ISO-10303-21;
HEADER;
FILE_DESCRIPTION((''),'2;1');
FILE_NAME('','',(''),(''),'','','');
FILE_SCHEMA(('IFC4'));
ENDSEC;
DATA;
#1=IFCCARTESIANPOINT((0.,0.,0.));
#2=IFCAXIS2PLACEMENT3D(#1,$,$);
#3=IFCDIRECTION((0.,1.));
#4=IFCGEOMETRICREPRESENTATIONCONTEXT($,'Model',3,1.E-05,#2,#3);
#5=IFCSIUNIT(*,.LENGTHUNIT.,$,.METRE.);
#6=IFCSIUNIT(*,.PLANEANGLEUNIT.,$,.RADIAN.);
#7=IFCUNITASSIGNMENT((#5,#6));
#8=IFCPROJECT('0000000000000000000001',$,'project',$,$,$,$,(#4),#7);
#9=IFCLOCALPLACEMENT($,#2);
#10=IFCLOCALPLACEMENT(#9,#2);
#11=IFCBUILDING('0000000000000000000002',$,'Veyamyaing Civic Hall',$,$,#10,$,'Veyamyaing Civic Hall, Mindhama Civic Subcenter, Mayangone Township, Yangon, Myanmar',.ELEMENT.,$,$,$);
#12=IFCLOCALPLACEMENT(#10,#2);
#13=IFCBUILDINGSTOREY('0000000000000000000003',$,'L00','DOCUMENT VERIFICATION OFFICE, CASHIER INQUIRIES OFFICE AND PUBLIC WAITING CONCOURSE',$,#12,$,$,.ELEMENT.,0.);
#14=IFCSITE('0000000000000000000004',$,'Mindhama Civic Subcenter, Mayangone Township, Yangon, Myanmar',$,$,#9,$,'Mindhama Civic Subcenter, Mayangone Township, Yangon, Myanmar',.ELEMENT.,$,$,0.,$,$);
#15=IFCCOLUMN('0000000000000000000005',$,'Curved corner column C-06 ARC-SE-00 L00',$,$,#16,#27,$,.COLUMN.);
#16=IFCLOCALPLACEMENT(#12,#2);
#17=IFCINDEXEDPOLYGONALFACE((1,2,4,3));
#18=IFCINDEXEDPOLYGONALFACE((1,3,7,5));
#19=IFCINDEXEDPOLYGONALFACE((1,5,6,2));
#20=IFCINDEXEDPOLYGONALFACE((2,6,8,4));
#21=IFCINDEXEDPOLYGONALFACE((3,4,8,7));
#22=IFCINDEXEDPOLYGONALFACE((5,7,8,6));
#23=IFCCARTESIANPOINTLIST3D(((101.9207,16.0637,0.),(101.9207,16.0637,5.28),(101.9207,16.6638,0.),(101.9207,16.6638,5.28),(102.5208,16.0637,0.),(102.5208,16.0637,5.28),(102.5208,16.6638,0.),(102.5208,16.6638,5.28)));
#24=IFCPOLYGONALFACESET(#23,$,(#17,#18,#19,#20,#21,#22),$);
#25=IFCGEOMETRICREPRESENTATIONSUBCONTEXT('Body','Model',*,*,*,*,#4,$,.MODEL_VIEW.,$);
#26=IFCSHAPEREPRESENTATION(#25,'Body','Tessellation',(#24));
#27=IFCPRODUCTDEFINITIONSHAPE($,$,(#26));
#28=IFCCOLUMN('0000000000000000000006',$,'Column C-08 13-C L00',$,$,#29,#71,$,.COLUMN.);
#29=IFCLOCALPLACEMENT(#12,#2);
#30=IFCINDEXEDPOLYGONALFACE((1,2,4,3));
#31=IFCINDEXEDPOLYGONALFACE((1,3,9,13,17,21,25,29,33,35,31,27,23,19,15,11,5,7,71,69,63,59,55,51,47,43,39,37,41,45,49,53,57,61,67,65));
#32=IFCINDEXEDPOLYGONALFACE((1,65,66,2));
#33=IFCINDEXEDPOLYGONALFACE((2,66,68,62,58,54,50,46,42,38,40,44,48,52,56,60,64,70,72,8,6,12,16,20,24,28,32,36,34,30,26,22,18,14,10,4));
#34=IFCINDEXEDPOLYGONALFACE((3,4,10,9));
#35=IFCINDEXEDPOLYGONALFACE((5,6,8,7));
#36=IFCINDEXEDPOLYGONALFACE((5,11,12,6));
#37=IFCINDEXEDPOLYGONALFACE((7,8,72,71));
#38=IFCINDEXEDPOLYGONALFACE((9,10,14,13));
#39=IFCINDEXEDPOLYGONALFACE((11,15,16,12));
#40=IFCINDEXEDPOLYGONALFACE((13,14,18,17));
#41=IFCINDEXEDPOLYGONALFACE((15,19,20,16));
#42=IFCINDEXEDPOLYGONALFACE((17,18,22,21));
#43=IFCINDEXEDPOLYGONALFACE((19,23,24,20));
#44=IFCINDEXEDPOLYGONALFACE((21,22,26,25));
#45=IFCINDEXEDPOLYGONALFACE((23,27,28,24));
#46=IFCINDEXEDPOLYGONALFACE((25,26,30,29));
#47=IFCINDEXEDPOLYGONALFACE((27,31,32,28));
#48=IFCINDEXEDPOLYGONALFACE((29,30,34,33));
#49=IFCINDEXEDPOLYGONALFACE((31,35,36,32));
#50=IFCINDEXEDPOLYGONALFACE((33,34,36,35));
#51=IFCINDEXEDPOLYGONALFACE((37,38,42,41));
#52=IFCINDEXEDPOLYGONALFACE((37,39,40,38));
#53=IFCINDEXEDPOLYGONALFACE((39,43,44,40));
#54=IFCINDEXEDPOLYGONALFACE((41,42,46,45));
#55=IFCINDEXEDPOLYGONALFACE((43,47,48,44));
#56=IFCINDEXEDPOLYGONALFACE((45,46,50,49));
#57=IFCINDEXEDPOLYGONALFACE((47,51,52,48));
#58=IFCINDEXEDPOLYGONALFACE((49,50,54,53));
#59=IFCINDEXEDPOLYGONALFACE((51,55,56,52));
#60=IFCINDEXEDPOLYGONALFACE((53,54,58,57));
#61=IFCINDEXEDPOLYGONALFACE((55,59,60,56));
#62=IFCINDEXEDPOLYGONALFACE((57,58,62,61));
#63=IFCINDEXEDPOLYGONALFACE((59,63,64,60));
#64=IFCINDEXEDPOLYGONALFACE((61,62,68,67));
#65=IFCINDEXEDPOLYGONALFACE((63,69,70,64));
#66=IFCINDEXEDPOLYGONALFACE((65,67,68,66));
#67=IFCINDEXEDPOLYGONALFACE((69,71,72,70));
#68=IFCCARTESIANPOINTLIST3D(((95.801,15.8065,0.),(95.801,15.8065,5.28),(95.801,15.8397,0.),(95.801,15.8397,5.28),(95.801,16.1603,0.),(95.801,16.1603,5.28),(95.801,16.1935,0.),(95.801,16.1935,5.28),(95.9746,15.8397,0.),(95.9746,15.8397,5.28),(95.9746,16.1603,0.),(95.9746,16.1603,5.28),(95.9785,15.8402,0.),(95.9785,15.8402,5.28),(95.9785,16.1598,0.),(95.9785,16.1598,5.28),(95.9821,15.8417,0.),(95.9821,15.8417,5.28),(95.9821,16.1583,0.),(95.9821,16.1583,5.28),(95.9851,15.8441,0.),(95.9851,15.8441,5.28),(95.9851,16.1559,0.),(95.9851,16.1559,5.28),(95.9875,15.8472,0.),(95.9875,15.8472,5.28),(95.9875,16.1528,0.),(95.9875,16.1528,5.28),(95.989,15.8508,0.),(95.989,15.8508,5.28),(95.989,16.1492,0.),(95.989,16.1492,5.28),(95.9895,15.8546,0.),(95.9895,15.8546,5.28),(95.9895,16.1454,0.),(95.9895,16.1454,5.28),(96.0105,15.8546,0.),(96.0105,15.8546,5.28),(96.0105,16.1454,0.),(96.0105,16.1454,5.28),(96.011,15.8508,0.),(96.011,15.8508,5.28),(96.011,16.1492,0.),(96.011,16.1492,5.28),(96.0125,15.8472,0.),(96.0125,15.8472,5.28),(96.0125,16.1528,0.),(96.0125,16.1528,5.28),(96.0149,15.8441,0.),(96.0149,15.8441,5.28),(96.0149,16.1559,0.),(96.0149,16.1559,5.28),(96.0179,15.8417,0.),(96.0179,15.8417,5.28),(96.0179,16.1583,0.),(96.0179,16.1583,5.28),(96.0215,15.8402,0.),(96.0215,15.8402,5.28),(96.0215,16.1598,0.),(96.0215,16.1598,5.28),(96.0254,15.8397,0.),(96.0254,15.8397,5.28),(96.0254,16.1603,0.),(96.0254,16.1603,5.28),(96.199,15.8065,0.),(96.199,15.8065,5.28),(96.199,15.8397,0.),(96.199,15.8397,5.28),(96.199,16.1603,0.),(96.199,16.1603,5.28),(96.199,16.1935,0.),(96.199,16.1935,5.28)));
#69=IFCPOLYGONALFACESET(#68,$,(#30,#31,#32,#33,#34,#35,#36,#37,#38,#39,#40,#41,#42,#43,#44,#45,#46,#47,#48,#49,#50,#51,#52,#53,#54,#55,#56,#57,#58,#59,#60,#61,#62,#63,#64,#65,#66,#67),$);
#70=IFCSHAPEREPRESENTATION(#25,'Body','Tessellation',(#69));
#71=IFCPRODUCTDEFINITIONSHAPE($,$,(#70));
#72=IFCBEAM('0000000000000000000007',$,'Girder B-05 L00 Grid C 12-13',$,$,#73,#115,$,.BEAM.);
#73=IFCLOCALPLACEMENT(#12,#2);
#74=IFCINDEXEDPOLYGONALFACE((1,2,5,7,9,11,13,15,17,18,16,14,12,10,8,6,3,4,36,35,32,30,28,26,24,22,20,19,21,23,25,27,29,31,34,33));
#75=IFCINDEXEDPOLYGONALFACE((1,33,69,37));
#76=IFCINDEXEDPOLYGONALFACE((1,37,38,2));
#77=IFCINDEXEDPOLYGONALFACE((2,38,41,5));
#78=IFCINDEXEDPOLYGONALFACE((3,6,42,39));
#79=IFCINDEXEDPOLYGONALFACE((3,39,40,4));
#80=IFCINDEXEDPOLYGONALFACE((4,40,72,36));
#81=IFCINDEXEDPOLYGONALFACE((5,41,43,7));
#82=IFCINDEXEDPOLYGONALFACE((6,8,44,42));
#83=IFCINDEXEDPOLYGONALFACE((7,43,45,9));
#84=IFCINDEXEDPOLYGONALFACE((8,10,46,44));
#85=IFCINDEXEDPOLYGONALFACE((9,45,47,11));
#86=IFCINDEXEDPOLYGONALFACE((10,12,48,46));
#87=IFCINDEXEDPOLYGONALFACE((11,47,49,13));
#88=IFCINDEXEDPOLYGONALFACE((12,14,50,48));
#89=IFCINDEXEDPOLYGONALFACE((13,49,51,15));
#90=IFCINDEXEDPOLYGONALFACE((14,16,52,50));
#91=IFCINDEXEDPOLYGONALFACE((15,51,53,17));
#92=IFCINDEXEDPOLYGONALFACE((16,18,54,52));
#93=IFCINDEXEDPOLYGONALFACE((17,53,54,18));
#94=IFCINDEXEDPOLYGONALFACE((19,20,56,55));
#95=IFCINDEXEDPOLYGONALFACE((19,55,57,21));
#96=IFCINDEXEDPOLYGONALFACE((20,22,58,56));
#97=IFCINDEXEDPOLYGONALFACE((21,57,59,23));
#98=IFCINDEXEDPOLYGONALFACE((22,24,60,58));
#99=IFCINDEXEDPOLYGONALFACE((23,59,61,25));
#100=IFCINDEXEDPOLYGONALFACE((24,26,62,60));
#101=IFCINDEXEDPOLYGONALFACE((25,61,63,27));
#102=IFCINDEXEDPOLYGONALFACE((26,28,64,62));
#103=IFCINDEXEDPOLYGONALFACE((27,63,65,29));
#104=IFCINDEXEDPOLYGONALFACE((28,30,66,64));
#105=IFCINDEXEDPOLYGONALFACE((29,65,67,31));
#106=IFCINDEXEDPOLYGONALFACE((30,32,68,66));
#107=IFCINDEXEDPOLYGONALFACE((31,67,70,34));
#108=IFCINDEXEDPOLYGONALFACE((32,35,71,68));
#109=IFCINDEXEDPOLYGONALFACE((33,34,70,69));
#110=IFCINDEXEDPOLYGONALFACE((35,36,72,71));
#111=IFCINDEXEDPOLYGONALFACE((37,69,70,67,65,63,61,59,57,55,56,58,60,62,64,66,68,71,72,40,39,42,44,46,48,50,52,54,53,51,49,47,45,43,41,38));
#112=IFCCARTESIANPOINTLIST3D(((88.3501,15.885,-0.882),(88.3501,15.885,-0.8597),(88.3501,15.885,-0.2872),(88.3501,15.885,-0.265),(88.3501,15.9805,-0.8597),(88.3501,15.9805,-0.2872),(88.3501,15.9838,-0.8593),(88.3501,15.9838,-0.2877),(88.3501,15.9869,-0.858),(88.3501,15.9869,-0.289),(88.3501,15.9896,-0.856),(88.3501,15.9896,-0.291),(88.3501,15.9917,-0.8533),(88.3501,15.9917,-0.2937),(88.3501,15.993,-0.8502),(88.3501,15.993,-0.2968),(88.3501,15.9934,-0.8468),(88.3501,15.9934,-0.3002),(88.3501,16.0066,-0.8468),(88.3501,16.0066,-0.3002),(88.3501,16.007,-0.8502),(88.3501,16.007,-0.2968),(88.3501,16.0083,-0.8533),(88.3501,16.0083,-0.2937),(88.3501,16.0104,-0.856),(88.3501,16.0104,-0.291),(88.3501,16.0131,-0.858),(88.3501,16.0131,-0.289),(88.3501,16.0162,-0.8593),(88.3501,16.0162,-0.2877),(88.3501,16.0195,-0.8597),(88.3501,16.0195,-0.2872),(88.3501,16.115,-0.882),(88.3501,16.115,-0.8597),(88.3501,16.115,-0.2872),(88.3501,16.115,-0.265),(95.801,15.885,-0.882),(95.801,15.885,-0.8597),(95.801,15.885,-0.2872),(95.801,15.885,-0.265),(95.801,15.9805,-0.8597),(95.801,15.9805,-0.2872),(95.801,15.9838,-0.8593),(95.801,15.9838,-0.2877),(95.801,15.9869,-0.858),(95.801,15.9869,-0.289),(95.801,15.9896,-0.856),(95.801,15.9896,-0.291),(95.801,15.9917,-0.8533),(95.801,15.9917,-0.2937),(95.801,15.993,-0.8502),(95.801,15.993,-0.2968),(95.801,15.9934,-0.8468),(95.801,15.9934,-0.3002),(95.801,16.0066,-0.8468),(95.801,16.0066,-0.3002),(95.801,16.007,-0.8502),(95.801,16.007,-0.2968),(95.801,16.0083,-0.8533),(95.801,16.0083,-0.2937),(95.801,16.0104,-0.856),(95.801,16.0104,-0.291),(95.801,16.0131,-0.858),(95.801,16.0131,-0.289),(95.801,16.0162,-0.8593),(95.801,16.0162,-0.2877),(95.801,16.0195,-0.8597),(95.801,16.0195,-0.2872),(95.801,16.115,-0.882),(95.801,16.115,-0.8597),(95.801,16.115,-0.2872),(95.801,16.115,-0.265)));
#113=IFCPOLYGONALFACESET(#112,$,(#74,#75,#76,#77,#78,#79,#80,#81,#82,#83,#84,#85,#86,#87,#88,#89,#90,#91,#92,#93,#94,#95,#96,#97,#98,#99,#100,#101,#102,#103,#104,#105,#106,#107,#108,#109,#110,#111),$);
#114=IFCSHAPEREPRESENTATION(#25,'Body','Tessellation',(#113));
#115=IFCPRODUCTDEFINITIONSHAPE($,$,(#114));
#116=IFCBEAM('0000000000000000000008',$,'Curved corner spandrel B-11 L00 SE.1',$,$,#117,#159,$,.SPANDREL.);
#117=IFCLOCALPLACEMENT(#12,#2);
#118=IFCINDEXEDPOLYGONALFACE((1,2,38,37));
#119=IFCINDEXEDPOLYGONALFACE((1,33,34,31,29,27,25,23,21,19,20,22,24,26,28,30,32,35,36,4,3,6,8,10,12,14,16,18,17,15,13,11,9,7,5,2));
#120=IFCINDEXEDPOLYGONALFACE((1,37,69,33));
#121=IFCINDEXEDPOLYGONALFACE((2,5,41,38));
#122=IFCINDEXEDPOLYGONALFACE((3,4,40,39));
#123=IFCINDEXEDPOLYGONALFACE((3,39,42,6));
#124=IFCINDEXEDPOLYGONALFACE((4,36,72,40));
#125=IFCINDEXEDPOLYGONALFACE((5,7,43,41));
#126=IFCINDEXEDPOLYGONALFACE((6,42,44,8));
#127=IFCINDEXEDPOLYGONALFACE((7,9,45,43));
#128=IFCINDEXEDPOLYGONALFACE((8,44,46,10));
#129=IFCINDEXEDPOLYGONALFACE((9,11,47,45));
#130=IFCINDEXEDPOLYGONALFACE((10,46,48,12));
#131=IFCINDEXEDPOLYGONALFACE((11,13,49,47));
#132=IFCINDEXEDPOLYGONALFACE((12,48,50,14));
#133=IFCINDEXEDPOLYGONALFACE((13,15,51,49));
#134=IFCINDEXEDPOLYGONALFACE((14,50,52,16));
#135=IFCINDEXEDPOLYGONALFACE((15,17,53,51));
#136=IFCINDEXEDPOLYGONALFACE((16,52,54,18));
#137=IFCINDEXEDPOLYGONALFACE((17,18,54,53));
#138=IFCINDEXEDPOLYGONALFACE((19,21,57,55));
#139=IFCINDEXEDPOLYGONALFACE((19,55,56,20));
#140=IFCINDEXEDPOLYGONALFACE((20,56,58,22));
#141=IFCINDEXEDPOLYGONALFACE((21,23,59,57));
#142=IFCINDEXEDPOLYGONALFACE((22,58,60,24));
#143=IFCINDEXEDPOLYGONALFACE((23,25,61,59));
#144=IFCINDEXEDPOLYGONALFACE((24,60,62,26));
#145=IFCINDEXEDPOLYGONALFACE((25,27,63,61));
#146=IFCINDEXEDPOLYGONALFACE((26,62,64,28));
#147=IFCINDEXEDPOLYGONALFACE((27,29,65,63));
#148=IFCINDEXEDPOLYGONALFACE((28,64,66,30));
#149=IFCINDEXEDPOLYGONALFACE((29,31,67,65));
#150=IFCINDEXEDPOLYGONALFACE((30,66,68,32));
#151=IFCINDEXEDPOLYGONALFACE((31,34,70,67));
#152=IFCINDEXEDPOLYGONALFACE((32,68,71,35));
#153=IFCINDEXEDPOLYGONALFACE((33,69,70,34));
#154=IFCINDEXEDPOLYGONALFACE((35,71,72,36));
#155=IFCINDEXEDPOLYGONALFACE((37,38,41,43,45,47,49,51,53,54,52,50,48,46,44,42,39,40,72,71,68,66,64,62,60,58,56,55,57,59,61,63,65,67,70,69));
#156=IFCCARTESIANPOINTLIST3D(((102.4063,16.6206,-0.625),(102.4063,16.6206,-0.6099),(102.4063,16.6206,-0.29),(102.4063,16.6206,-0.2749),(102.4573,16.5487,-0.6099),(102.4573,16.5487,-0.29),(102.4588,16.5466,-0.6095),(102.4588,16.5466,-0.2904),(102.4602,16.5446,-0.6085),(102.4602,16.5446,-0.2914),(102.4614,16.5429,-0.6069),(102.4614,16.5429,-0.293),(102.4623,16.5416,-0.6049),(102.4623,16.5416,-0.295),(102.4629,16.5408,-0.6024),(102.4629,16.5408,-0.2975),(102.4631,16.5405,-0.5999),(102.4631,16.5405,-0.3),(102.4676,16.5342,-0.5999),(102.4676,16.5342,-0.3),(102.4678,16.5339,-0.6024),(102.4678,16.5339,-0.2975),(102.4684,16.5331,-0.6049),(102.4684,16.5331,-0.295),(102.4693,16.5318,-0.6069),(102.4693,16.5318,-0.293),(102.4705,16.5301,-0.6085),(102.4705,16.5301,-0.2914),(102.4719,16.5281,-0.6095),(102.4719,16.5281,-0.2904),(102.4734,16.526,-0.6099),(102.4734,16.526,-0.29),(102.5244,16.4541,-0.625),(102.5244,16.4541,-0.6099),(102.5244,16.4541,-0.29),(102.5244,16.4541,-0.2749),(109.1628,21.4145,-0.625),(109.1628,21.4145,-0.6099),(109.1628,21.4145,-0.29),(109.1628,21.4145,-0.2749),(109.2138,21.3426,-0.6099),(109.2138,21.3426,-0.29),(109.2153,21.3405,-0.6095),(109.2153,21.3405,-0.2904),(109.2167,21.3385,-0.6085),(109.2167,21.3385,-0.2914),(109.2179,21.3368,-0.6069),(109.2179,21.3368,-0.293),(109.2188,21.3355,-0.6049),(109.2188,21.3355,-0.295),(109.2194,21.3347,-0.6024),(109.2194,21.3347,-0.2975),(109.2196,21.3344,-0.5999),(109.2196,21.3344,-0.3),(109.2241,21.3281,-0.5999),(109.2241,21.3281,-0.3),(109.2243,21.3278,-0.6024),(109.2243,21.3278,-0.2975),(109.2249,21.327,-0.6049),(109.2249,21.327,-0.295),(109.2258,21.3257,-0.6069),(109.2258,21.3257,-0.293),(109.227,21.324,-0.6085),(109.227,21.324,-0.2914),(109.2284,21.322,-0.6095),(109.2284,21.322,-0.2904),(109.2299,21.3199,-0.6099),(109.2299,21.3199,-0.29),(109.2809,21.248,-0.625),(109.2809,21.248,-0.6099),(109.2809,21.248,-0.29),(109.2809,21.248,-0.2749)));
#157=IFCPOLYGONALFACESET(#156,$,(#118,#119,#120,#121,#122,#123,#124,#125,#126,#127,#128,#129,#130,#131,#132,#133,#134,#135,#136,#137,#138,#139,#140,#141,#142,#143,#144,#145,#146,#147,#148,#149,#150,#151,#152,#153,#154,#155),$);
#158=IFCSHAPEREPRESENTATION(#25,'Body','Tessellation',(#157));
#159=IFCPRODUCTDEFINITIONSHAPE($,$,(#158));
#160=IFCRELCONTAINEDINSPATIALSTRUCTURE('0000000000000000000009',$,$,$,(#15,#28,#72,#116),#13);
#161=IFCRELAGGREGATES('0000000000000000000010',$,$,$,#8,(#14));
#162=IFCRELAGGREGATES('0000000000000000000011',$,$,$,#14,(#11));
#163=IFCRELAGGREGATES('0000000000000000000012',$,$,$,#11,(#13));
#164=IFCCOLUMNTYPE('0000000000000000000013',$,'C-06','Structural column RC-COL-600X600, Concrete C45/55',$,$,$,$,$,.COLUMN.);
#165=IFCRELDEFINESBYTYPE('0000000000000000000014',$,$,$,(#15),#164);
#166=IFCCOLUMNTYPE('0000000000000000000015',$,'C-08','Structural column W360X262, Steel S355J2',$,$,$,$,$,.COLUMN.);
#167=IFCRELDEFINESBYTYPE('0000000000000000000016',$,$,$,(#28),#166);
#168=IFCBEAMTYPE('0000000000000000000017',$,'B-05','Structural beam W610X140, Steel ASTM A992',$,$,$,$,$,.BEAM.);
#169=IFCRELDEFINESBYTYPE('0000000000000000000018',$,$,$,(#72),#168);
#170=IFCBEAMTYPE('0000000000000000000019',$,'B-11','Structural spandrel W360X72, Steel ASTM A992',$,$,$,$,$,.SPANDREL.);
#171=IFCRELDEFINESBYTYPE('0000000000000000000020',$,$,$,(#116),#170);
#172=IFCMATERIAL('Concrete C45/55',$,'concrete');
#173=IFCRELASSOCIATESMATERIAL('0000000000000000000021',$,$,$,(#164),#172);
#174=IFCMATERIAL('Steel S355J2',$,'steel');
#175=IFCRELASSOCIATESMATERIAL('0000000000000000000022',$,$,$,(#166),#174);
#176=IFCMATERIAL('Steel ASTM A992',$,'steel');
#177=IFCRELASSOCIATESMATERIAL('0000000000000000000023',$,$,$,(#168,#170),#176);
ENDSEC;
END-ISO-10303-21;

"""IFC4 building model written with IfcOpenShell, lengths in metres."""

from ifc_helpers import new_model, si_unit, direction, frame, origin, origin_2d, place, context, subcontext, project, spatial, rectangle, i_section, extrude, material, material_profile, profile_set, type_object, element, save


model = new_model("IFC4")

# Units and contexts
model_context = context("Model", 3, precision=1e-05, world=origin(), true_north=direction((0.0, 1.0)))
body_context = subcontext(model_context, "Body", "Model", "MODEL_VIEW")
ifc_project = project(units=[si_unit("LENGTHUNIT", "METRE"), si_unit("PLANEANGLEUNIT", "RADIAN")], contexts=[model_context])

# Site, building, storey
site_placement = place(None, origin())
site = spatial("IfcSite", under=ifc_project, at=site_placement, Name="Mindhama Civic Subcenter, Mayangone Township, Yangon, Myanmar", LongName="Mindhama Civic Subcenter, Mayangone Township, Yangon, Myanmar", CompositionType="ELEMENT", RefElevation=0.0)
building_placement = place(site_placement, origin())
building = spatial("IfcBuilding", under=site, at=building_placement, Name="Veyamyaing Civic Hall", LongName="Veyamyaing Civic Hall, Mindhama Civic Subcenter, Mayangone Township, Yangon, Myanmar", CompositionType="ELEMENT")
storey_placement = place(building_placement, origin())
storey = spatial("IfcBuildingStorey", under=building, at=storey_placement, Name="L00", Description="DOCUMENT VERIFICATION OFFICE, CASHIER INQUIRIES OFFICE AND PUBLIC WAITING CONCOURSE", CompositionType="ELEMENT", Elevation=0.0)

# Columns
ifc_material_1 = material(Name="Concrete C45/55", Category="concrete")
ifc_material_profile_1 = material_profile(ifc_material_1, rectangle(XDim=0.6001, YDim=0.6001, at=origin_2d()), Name="RC-COL-600X600")
ifc_profile_set_1 = profile_set([ifc_material_profile_1], Name="Concrete C45/55")
column_type_1 = type_object("IfcColumnType", Name="C-06", Description="Structural column RC-COL-600X600, Concrete C45/55", PredefinedType="COLUMN", material=ifc_profile_set_1)
column_1_placement = place(storey_placement, frame((102.2207, 16.3638, 0.0), z_axis=(0.0, 0.0, 1.0), x_axis=(1.0, 0.0, 0.0)))
element("IfcColumn", 1, at=column_1_placement, inside=storey, type_object=column_type_1, Name="Curved corner column C-06 ARC-SE-00 L00", PredefinedType="COLUMN", context=body_context, shape_type="SweptSolid", body=[
    extrude(rectangle(XDim=0.6001, YDim=0.6001, at=origin_2d()), origin(), (0.0, 0.0, 1.0), 5.28),
])
ifc_material_2 = material(Name="Steel S355J2", Category="steel")
ifc_material_profile_2 = material_profile(ifc_material_2, i_section(OverallWidth=0.3979, OverallDepth=0.387, WebThickness=0.021, FlangeThickness=0.0332, FilletRadius=0.0149, at=origin_2d()), Name="W360X262")
ifc_profile_set_2 = profile_set([ifc_material_profile_2], Name="Steel S355J2")
column_type_2 = type_object("IfcColumnType", Name="C-08", Description="Structural column W360X262, Steel S355J2", PredefinedType="COLUMN", material=ifc_profile_set_2)
column_2_placement = place(storey_placement, frame((96.0, 16.0, 0.0), z_axis=(0.0, 0.0, 1.0), x_axis=(1.0, 0.0, 0.0)))
element("IfcColumn", 2, at=column_2_placement, inside=storey, type_object=column_type_2, Name="Column C-08 13-C L00", PredefinedType="COLUMN", context=body_context, shape_type="SweptSolid", body=[
    extrude(i_section(OverallWidth=0.3979, OverallDepth=0.387, WebThickness=0.021, FlangeThickness=0.0332, FilletRadius=0.0149, at=origin_2d()), origin(), (0.0, 0.0, 1.0), 5.28),
])

# Beams
ifc_material_3 = material(Name="Steel ASTM A992", Category="steel")
ifc_material_profile_3 = material_profile(ifc_material_3, i_section(OverallWidth=0.23, OverallDepth=0.6169, WebThickness=0.0132, FlangeThickness=0.0222, FilletRadius=0.0129, at=origin_2d()), Name="W610X140")
ifc_profile_set_3 = profile_set([ifc_material_profile_3], Name="Steel ASTM A992")
beam_type_1 = type_object("IfcBeamType", Name="B-05", Description="Structural beam W610X140, Steel ASTM A992", PredefinedType="BEAM", material=ifc_profile_set_3)
beam_1_placement = place(storey_placement, frame((88.3501, 16.0, -0.5735), z_axis=(1.0, 0.0, 0.0), x_axis=(0.0, 1.0, 0.0)))
element("IfcBeam", 3, at=beam_1_placement, inside=storey, type_object=beam_type_1, Name="Girder B-05 L00 Grid C 12-13", PredefinedType="BEAM", context=body_context, shape_type="SweptSolid", body=[
    extrude(i_section(OverallWidth=0.23, OverallDepth=0.6169, WebThickness=0.0132, FlangeThickness=0.0222, FilletRadius=0.0129, at=origin_2d()), origin(), (0.0, 0.0, 1.0), 7.4509),
])
ifc_material_profile_4 = material_profile(ifc_material_3, i_section(OverallWidth=0.2041, OverallDepth=0.3501, WebThickness=0.0078, FlangeThickness=0.0151, FilletRadius=0.01, at=origin_2d()), Name="W360X72")
ifc_profile_set_4 = profile_set([ifc_material_profile_4], Name="Steel ASTM A992")
beam_type_2 = type_object("IfcBeamType", Name="B-11", Description="Structural spandrel W360X72, Steel ASTM A992", PredefinedType="SPANDREL", material=ifc_profile_set_4)
beam_2_placement = place(storey_placement, frame((102.4653, 16.5374, -0.45), z_axis=(0.815567, 0.578662, 0.0), x_axis=(-0.578662, 0.815567, 0.0)))
element("IfcBeam", 4, at=beam_2_placement, inside=storey, type_object=beam_type_2, Name="Curved corner spandrel B-11 L00 SE.1", PredefinedType="SPANDREL", context=body_context, shape_type="SweptSolid", body=[
    extrude(i_section(OverallWidth=0.2041, OverallDepth=0.3501, WebThickness=0.0078, FlangeThickness=0.0151, FilletRadius=0.01, at=origin_2d()), origin(), (0.0, 0.0, 1.0), 8.2844),
])

save(model, "model.ifc")
